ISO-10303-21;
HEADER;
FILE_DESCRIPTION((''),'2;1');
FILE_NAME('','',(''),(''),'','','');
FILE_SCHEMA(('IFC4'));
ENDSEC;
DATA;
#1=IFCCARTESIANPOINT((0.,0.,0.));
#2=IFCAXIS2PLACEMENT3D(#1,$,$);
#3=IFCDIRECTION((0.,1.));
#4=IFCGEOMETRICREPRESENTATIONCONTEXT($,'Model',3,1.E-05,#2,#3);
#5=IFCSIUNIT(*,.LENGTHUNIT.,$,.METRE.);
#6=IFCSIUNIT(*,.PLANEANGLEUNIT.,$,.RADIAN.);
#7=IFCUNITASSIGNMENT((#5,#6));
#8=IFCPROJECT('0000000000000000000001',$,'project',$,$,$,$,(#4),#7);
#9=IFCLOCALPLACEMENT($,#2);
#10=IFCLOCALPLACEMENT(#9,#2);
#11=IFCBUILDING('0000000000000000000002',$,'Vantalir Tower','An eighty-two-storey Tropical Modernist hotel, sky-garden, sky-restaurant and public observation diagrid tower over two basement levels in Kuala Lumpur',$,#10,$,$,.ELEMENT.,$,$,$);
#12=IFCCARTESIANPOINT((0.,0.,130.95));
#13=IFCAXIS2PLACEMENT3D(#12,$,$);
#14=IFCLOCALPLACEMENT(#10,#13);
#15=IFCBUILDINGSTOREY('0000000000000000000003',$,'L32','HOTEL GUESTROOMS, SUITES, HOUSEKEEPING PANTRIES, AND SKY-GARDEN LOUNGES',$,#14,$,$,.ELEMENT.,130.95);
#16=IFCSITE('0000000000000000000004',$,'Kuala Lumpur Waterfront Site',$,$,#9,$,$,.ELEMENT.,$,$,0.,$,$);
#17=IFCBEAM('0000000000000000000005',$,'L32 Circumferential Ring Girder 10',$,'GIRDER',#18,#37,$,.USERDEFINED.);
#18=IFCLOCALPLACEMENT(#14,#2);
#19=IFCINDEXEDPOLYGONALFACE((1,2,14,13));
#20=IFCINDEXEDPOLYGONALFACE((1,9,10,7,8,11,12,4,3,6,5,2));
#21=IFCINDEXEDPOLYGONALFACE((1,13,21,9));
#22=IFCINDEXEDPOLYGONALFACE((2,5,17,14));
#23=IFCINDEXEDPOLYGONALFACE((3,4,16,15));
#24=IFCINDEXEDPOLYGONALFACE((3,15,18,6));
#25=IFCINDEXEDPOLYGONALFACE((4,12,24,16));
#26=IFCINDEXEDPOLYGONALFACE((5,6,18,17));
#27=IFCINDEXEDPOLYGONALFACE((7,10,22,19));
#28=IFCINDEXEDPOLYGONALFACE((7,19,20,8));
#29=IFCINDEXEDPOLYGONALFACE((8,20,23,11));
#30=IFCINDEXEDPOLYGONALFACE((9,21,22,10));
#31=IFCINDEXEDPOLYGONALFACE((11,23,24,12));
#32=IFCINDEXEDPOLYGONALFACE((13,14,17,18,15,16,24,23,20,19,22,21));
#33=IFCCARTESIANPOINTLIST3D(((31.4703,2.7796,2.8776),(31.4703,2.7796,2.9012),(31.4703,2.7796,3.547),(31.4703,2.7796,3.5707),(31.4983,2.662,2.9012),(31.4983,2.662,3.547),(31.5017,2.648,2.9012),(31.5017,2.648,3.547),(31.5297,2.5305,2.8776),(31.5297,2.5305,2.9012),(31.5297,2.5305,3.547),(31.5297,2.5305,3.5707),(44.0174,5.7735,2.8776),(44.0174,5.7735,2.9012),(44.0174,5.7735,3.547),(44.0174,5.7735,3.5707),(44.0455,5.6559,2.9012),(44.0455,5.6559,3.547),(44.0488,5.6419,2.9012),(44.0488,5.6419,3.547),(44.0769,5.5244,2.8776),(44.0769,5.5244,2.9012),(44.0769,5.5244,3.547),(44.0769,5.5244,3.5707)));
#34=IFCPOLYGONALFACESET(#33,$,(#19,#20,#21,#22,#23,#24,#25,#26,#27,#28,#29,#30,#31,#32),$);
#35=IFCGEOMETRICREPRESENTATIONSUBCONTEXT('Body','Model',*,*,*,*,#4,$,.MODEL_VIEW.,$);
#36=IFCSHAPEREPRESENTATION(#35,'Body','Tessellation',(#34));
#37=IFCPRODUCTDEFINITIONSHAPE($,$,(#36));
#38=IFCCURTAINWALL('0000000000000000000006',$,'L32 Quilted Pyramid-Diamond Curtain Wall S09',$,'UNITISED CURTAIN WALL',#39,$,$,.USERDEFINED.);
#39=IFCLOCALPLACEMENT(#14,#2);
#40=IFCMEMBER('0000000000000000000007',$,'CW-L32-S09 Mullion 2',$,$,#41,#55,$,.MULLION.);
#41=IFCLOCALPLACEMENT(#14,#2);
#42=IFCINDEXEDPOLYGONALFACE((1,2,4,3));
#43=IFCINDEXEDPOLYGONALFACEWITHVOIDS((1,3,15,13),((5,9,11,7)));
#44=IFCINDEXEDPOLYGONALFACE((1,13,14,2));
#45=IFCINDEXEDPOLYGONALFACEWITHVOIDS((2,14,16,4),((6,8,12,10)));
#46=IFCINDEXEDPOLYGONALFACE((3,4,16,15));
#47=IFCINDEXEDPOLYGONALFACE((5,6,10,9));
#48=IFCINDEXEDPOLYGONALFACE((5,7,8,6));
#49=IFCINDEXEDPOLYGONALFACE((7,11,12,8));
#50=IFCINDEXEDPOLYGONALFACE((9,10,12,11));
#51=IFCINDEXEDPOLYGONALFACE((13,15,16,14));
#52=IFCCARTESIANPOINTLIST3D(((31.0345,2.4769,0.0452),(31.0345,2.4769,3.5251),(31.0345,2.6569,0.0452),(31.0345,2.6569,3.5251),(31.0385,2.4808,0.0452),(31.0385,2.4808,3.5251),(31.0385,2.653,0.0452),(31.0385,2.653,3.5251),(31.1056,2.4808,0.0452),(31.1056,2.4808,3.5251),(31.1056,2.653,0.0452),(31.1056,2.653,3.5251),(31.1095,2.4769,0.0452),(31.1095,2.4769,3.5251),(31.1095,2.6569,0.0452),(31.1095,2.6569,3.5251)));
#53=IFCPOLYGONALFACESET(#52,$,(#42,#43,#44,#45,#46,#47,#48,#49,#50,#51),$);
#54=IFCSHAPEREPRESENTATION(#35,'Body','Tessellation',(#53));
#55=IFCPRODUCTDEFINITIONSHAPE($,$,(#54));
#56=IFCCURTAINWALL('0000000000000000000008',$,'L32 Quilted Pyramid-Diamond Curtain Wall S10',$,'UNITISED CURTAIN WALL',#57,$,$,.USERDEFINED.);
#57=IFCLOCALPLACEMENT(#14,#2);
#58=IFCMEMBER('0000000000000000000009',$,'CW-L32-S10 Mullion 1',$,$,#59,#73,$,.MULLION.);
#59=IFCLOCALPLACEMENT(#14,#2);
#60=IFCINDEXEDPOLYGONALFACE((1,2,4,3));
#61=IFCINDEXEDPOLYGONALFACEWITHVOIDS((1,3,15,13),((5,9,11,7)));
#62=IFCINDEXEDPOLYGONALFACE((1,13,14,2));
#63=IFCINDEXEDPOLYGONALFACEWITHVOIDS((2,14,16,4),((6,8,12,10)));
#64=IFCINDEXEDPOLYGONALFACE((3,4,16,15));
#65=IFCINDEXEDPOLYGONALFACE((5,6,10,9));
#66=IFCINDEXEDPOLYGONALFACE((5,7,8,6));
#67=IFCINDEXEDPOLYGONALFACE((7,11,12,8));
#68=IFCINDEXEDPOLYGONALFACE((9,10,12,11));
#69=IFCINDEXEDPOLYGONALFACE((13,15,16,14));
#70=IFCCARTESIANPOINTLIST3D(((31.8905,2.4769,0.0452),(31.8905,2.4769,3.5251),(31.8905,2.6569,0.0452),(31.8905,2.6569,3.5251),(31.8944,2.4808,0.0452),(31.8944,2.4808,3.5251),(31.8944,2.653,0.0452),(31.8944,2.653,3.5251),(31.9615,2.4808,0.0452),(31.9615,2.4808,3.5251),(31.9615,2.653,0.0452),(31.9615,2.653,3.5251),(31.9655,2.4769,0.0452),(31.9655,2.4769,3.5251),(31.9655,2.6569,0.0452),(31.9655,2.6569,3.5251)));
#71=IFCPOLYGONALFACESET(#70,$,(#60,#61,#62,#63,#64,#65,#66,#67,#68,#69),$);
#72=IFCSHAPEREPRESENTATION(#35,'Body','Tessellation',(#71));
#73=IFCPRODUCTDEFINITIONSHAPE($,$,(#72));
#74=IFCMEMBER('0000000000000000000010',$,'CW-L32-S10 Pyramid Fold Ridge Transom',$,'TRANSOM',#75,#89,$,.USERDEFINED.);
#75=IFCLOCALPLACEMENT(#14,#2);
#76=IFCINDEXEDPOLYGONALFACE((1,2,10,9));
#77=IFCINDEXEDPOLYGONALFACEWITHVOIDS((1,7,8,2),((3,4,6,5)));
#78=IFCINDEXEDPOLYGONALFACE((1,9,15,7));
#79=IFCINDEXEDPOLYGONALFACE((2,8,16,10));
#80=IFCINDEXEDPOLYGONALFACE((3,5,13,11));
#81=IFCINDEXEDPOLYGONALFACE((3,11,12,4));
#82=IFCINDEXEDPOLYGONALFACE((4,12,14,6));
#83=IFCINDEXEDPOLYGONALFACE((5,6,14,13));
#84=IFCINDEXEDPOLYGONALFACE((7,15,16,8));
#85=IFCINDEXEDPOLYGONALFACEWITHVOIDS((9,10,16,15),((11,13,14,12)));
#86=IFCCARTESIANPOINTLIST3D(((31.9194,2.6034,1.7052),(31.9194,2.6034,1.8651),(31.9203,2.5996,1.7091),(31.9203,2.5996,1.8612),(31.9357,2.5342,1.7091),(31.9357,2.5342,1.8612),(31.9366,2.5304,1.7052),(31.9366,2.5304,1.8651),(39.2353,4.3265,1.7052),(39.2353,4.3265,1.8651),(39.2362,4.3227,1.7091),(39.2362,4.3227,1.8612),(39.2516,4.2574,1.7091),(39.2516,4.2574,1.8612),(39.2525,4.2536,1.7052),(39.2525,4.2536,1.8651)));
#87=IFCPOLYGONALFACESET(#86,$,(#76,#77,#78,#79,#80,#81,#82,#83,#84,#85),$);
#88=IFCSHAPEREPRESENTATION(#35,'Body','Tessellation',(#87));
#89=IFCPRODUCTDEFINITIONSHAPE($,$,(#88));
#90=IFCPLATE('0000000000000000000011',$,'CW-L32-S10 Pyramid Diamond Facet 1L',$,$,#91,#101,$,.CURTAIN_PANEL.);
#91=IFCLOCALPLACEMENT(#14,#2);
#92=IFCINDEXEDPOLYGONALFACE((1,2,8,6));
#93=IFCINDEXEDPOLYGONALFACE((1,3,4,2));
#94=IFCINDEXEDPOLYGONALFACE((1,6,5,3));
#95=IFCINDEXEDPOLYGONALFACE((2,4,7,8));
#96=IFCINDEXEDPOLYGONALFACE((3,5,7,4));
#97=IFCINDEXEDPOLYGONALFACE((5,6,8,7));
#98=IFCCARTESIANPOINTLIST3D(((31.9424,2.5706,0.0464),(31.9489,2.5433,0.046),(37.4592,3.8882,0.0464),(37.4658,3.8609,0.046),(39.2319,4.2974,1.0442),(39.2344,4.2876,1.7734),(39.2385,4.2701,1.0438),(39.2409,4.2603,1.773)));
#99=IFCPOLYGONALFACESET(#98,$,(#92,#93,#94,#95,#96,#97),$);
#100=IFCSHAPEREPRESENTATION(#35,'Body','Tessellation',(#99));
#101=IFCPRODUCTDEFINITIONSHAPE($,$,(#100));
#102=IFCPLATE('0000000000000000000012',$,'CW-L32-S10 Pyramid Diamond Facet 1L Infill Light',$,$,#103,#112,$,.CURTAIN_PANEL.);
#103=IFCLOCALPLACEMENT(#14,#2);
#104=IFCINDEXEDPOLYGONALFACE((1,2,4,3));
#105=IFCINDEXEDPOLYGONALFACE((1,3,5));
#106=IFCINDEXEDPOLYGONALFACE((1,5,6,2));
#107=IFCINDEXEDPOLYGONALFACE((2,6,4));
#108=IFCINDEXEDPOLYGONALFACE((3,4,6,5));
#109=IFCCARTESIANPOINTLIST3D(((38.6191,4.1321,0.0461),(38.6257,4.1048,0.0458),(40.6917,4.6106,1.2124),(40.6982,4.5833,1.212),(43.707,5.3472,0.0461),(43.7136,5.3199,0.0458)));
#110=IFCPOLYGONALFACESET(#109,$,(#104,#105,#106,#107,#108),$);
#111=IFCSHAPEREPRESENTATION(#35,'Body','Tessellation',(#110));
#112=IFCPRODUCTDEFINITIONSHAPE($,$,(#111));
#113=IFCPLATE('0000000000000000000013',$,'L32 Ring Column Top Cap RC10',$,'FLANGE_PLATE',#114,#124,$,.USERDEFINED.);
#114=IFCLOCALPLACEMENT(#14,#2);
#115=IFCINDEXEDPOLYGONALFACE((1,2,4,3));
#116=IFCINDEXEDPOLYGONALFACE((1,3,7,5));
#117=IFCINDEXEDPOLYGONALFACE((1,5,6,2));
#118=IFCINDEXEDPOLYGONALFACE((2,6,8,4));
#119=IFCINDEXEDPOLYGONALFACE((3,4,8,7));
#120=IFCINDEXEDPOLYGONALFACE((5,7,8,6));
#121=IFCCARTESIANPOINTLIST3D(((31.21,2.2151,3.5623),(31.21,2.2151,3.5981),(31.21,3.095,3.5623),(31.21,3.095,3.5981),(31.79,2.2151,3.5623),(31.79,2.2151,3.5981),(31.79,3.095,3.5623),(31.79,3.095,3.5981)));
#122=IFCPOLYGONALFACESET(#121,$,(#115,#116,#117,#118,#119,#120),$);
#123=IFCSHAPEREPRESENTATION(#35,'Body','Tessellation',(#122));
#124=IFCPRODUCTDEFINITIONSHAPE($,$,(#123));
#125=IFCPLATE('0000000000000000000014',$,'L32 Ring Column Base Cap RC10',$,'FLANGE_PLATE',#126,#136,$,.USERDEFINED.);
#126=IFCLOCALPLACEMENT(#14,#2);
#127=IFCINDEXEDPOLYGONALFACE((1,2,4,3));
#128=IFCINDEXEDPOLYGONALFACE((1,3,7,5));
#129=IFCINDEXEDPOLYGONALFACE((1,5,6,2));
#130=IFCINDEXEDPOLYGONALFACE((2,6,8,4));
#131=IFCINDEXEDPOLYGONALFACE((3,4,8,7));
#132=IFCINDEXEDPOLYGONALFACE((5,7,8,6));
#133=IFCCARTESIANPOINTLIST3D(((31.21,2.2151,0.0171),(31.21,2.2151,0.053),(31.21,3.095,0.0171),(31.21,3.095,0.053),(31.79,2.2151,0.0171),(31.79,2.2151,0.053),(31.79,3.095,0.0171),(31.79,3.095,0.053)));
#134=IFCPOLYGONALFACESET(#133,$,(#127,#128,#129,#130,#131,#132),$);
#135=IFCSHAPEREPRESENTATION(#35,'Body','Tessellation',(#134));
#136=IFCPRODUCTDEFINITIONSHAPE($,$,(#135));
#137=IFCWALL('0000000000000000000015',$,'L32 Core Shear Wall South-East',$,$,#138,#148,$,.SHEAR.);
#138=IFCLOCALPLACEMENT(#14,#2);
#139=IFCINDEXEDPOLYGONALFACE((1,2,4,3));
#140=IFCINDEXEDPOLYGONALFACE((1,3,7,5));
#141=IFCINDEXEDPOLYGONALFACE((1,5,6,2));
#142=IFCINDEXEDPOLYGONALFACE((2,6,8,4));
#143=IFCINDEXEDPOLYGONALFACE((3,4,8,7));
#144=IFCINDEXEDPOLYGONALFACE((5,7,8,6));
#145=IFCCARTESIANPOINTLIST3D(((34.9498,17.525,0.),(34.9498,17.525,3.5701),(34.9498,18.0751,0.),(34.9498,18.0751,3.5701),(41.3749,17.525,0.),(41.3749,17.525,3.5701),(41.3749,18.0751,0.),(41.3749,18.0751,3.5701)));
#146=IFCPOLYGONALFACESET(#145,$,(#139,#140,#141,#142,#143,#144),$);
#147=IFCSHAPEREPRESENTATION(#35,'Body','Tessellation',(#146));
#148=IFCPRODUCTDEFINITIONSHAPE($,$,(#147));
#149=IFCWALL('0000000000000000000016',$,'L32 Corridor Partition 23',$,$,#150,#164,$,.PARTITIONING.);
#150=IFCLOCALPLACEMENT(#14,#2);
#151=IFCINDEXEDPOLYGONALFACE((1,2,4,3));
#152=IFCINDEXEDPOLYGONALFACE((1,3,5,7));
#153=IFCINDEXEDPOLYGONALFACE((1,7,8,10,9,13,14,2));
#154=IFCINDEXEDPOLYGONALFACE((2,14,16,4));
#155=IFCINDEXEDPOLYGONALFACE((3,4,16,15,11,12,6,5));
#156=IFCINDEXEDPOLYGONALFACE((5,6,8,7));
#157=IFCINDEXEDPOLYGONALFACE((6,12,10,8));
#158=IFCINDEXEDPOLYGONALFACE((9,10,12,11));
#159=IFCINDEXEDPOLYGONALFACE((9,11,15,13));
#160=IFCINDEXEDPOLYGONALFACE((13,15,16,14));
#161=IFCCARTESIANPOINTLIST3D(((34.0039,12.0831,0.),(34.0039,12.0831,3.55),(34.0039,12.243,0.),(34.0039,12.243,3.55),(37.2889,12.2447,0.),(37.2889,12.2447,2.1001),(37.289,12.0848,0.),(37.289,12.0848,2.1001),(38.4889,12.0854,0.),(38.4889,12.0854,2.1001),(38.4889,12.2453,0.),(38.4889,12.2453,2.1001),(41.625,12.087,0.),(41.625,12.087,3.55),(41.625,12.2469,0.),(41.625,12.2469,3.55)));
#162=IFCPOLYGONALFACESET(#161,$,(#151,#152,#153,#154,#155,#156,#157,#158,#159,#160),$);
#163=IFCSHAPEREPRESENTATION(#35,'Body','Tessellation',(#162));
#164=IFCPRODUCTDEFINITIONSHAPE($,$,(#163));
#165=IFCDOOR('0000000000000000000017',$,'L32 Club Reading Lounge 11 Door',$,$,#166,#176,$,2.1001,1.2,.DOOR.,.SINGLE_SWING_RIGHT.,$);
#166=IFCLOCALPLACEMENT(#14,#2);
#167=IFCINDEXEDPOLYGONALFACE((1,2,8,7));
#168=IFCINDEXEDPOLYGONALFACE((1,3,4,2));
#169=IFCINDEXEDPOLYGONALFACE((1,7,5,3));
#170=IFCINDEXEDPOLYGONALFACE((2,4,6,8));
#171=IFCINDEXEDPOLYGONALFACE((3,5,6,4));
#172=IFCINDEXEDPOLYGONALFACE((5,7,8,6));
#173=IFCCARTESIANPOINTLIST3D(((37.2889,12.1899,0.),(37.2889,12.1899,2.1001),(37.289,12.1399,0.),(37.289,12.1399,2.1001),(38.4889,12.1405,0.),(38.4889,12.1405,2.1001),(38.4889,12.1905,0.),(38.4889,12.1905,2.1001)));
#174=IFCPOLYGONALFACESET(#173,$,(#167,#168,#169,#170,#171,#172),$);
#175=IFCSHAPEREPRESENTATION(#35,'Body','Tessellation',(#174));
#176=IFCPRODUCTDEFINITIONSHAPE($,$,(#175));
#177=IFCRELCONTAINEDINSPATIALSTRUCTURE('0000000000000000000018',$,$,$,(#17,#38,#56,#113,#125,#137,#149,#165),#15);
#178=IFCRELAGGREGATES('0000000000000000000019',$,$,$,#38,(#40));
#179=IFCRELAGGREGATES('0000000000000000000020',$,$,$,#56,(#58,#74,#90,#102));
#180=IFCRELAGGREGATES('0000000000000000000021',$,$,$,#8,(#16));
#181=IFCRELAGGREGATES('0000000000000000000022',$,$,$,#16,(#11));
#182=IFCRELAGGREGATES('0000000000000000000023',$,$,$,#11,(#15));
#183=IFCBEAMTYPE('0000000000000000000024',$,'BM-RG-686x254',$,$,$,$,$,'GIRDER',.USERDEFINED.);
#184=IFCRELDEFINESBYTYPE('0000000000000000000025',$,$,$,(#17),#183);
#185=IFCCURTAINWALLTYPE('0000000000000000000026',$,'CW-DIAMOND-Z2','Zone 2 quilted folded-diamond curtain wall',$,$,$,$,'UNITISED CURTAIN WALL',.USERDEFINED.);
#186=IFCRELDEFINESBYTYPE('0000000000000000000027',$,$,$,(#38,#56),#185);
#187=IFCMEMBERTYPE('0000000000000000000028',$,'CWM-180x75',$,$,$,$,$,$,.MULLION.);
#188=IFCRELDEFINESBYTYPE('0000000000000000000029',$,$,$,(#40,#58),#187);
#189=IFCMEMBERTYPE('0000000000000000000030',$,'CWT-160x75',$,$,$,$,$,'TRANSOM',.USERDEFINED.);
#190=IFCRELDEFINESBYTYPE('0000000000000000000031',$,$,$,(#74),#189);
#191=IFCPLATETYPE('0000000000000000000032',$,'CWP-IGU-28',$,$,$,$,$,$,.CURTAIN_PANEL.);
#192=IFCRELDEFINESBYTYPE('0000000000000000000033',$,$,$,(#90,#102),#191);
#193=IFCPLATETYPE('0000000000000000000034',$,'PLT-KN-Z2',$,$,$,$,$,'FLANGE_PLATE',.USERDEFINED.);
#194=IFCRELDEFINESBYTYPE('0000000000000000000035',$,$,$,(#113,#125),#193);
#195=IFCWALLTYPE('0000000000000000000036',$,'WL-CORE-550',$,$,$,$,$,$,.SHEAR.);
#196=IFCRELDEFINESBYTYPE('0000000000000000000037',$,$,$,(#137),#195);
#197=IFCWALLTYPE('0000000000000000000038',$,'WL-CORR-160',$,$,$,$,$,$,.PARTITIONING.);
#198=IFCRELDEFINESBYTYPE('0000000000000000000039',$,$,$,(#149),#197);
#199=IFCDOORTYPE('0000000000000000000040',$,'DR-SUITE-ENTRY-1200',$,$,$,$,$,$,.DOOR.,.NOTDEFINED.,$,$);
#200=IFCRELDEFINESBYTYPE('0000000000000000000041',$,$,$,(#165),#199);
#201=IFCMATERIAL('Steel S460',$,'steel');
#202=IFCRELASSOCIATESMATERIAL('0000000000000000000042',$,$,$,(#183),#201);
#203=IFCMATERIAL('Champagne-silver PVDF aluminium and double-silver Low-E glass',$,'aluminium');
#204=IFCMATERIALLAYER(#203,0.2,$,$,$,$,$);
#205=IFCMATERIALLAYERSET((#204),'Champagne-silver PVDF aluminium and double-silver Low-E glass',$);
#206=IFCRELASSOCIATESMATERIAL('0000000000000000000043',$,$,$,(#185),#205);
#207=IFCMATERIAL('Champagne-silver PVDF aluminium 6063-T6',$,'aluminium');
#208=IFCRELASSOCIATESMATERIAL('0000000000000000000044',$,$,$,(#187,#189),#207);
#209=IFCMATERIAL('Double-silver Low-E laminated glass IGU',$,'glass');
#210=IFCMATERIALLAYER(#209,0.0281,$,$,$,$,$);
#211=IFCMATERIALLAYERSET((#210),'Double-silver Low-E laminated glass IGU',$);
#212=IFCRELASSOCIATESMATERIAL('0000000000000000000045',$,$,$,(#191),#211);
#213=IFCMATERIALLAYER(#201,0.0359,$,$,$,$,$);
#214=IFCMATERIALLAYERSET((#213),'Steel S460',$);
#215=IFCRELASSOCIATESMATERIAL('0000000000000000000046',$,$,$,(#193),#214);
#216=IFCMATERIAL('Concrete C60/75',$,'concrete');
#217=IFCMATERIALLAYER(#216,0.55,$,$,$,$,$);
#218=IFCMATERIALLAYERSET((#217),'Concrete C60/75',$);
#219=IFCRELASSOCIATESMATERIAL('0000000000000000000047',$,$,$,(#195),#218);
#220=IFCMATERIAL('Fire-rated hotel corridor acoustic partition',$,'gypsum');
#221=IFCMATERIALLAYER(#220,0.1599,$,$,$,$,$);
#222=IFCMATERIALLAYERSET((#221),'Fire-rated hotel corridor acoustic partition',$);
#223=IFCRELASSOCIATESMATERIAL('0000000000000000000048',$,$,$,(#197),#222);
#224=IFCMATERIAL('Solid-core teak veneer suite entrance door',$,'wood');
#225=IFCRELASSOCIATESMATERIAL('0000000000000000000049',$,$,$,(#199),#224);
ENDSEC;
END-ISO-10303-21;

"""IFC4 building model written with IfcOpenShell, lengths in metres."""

from ifc_helpers import new_model, si_unit, direction, frame, frame_2d, origin, origin_2d, place, context, subcontext, project, spatial, polyline, rectangle, hollow_rectangle, i_section, outline, extrude, material, layer, layer_set, material_profile, profile_set, type_object, element, fill, aggregate, save


model = new_model("IFC4")

# Units and contexts
model_context = context("Model", 3, precision=1e-05, world=origin(), true_north=direction((0.0, 1.0)))
body_context = subcontext(model_context, "Body", "Model", "MODEL_VIEW")
ifc_project = project(units=[si_unit("LENGTHUNIT", "METRE"), si_unit("PLANEANGLEUNIT", "RADIAN")], contexts=[model_context])

# Site, building, storey
site_placement = place(None, origin())
site = spatial("IfcSite", under=ifc_project, at=site_placement, Name="Kuala Lumpur Waterfront Site", CompositionType="ELEMENT", RefElevation=0.0)
building_placement = place(site_placement, origin())
building = spatial("IfcBuilding", under=site, at=building_placement, Name="Vantalir Tower", Description="An eighty-two-storey Tropical Modernist hotel, sky-garden, sky-restaurant and public observation diagrid tower over two basement levels in Kuala Lumpur", CompositionType="ELEMENT")
storey_placement = place(building_placement, frame((0.0, 0.0, 130.95)))
storey = spatial("IfcBuildingStorey", under=building, at=storey_placement, Name="L32", Description="HOTEL GUESTROOMS, SUITES, HOUSEKEEPING PANTRIES, AND SKY-GARDEN LOUNGES", CompositionType="ELEMENT", Elevation=130.95)

# Shared definitions
ifc_material_1 = material(Name="Concrete C60/75", Category="concrete")
ifc_material_2 = material(Name="Steel S460", Category="steel")

# Beam
ifc_material_profile_1 = material_profile(ifc_material_2, i_section(OverallWidth=0.2561, OverallDepth=0.6931, WebThickness=0.0144, FlangeThickness=0.0237, at=origin_2d()), Name="Steel S460")
ifc_profile_set_1 = profile_set([ifc_material_profile_1], Name="Steel S460")
beam_type_1 = type_object("IfcBeamType", Name="BM-RG-686x254", ElementType="GIRDER", PredefinedType="USERDEFINED", material=ifc_profile_set_1)
beam_1_placement = place(storey_placement, frame((31.5, 2.655, 3.2241), z_axis=(0.972693, 0.232096, 0.0), x_axis=(-0.232096, 0.972693, 0.0)))
element("IfcBeam", 1, at=beam_1_placement, inside=storey, type_object=beam_type_1, Name="L32 Circumferential Ring Girder 10", ObjectType="GIRDER", PredefinedType="USERDEFINED", context=body_context, shape_type="SweptSolid", body=[
    extrude(i_section(OverallWidth=0.2561, OverallDepth=0.6931, WebThickness=0.0144, FlangeThickness=0.0237, at=origin_2d()), origin(), (0.0, 0.0, 1.0), 12.8994),
])

# Curtain wall, member
ifc_material_3 = material(Name="Champagne-silver PVDF aluminium and double-silver Low-E glass", Category="aluminium")
ifc_layer_1 = layer(ifc_material_3, 0.2)
ifc_layer_set_1 = layer_set([ifc_layer_1], Name="Champagne-silver PVDF aluminium and double-silver Low-E glass")
curtain_wall_type = type_object("IfcCurtainWallType", Name="CW-DIAMOND-Z2", Description="Zone 2 quilted folded-diamond curtain wall", ElementType="UNITISED CURTAIN WALL", PredefinedType="USERDEFINED", material=ifc_layer_set_1)
curtain_wall_1_placement = place(storey_placement, origin())
curtain_wall_1 = element("IfcCurtainWall", 2, at=curtain_wall_1_placement, inside=storey, type_object=curtain_wall_type, Name="L32 Quilted Pyramid-Diamond Curtain Wall S09", ObjectType="UNITISED CURTAIN WALL", PredefinedType="USERDEFINED")
ifc_material_4 = material(Name="Champagne-silver PVDF aluminium 6063-T6", Category="aluminium")
ifc_material_profile_2 = material_profile(ifc_material_4, hollow_rectangle(XDim=0.075, YDim=0.1799, WallThickness=0.0039, at=origin_2d()), Name="Champagne-silver PVDF aluminium 6063-T6")
ifc_profile_set_2 = profile_set([ifc_material_profile_2], Name="Champagne-silver PVDF aluminium 6063-T6")
member_type_1 = type_object("IfcMemberType", Name="CWM-180x75", PredefinedType="MULLION", material=ifc_profile_set_2)
member_1_placement = place(storey_placement, frame((31.072, 2.5669, 0.0452), z_axis=(0.0, 0.0, 1.0), x_axis=(1.0, 0.0, 0.0)))
member_1 = element("IfcMember", 3, at=member_1_placement, type_object=member_type_1, Name="CW-L32-S09 Mullion 2", PredefinedType="MULLION", context=body_context, shape_type="SweptSolid", body=[
    extrude(hollow_rectangle(XDim=0.075, YDim=0.1799, WallThickness=0.0039, at=origin_2d()), origin(), (0.0, 0.0, 1.0), 3.48),
])
aggregate(curtain_wall_1, [member_1])

# Curtain wall, members, plates
curtain_wall_2_placement = place(storey_placement, origin())
curtain_wall_2 = element("IfcCurtainWall", 4, at=curtain_wall_2_placement, inside=storey, type_object=curtain_wall_type, Name="L32 Quilted Pyramid-Diamond Curtain Wall S10", ObjectType="UNITISED CURTAIN WALL", PredefinedType="USERDEFINED")
member_2_placement = place(storey_placement, frame((31.928, 2.5669, 0.0452), z_axis=(0.0, 0.0, 1.0), x_axis=(1.0, 0.0, 0.0)))
member_2 = element("IfcMember", 5, at=member_2_placement, type_object=member_type_1, Name="CW-L32-S10 Mullion 1", PredefinedType="MULLION", context=body_context, shape_type="SweptSolid", body=[
    extrude(hollow_rectangle(XDim=0.075, YDim=0.1799, WallThickness=0.0039, at=origin_2d()), origin(), (0.0, 0.0, 1.0), 3.48),
])
ifc_material_profile_3 = material_profile(ifc_material_4, hollow_rectangle(XDim=0.075, YDim=0.1599, WallThickness=0.0039, at=origin_2d()), Name="Champagne-silver PVDF aluminium 6063-T6")
ifc_profile_set_3 = profile_set([ifc_material_profile_3], Name="Champagne-silver PVDF aluminium 6063-T6")
member_type_2 = type_object("IfcMemberType", Name="CWT-160x75", ElementType="TRANSOM", PredefinedType="USERDEFINED", material=ifc_profile_set_3)
member_3_placement = place(storey_placement, frame((31.928, 2.5669, 1.7852), z_axis=(0.973365, 0.22926, 0.0), x_axis=(-0.22926, 0.973365, 0.0)))
member_3 = element("IfcMember", 6, at=member_3_placement, type_object=member_type_2, Name="CW-L32-S10 Pyramid Fold Ridge Transom", ObjectType="TRANSOM", PredefinedType="USERDEFINED", context=body_context, shape_type="SweptSolid", body=[
    extrude(hollow_rectangle(XDim=0.075, YDim=0.1599, WallThickness=0.0039, at=origin_2d()), origin(), (0.0, 0.0, 1.0), 7.5161),
])
ifc_material_5 = material(Name="Double-silver Low-E laminated glass IGU", Category="glass")
ifc_layer_2 = layer(ifc_material_5, 0.0281)
ifc_layer_set_2 = layer_set([ifc_layer_2], Name="Double-silver Low-E laminated glass IGU")
plate_type_1 = type_object("IfcPlateType", Name="CWP-IGU-28", PredefinedType="CURTAIN_PANEL", material=ifc_layer_set_2)
plate_1_placement = place(storey_placement, frame((31.9424, 2.5706, 0.0464), z_axis=(-0.232278, 0.972551, 0.013825), x_axis=(0.972644, 0.2323, 0.0)))
plate_1 = element("IfcPlate", 7, at=plate_1_placement, type_object=plate_type_1, Name="CW-L32-S10 Pyramid Diamond Facet 1L", PredefinedType="CURTAIN_PANEL", context=body_context, shape_type="SweptSolid", body=[
    extrude(outline(polyline([(0.0, 0.0), (5.672, 0.0), (7.4913, -0.9979), (7.4914, -1.7272), (0.0, 0.0)])), origin(), (0.0, 0.0, -1.0), 0.0281),
])
plate_2_placement = place(storey_placement, frame((38.6191, 4.1321, 0.0461), z_axis=(-0.232265, 0.972556, 0.01371), x_axis=(0.972647, 0.232287, 0.0)))
plate_2 = element("IfcPlate", 8, at=plate_2_placement, type_object=plate_type_1, Name="CW-L32-S10 Pyramid Diamond Facet 1L Infill Light", PredefinedType="CURTAIN_PANEL", context=body_context, shape_type="SweptSolid", body=[
    extrude(outline(polyline([(0.0, 0.0), (5.231, 0.0), (2.127, -1.1664), (0.0, 0.0)])), origin(), (0.0, 0.0, -1.0), 0.0281),
])
aggregate(curtain_wall_2, [member_2, member_3, plate_1, plate_2])

# Plates
ifc_layer_3 = layer(ifc_material_2, 0.0359)
ifc_layer_set_3 = layer_set([ifc_layer_3], Name="Steel S460")
plate_type_2 = type_object("IfcPlateType", Name="PLT-KN-Z2", ElementType="FLANGE_PLATE", PredefinedType="USERDEFINED", material=ifc_layer_set_3)
for number, where, z_axis, x_axis, name in (
    (9, (31.21, 3.095, 3.5981), (0.0, 0.0, 1.0), (0.0, -1.0, 0.0), "L32 Ring Column Top Cap RC10"),
    (10, (31.21, 3.095, 0.053), (0.0, 0.0, 1.0), (0.0, -1.0, 0.0), "L32 Ring Column Base Cap RC10"),
):
    element("IfcPlate", number, at=place(storey_placement, frame(where, z_axis=z_axis, x_axis=x_axis)), inside=storey, type_object=plate_type_2, Name=name, ObjectType="FLANGE_PLATE", PredefinedType="USERDEFINED", context=body_context, shape_type="SweptSolid", body=[
        extrude(outline(polyline([(0.0, 0.0), (0.8799, 0.0), (0.8799, 0.5801), (0.0, 0.5801), (0.0, 0.0)])), origin(), (0.0, 0.0, -1.0), 0.0359),
    ])

# Wall
ifc_layer_4 = layer(ifc_material_1, 0.55)
ifc_layer_set_4 = layer_set([ifc_layer_4], Name="Concrete C60/75")
wall_type_1 = type_object("IfcWallType", Name="WL-CORE-550", PredefinedType="SHEAR", material=ifc_layer_set_4)
wall_1_placement = place(storey_placement, frame((34.95, 17.8, 0.0), z_axis=(0.0, 0.0, 1.0), x_axis=(1.0, 0.0, 0.0)))
element("IfcWall", 11, at=wall_1_placement, inside=storey, type_object=wall_type_1, Name="L32 Core Shear Wall South-East", PredefinedType="SHEAR", context=body_context, shape_type="SweptSolid", body=[
    extrude(rectangle(XDim=6.425, YDim=0.55, at=frame_2d((3.2124, 0.0))), origin(), (0.0, 0.0, 1.0), 3.5701),
])

# Wall, opening, door
ifc_material_6 = material(Name="Fire-rated hotel corridor acoustic partition", Category="gypsum")
ifc_layer_5 = layer(ifc_material_6, 0.1599)
ifc_layer_set_5 = layer_set([ifc_layer_5], Name="Fire-rated hotel corridor acoustic partition")
wall_type_2 = type_object("IfcWallType", Name="WL-CORR-160", PredefinedType="PARTITIONING", material=ifc_layer_set_5)
wall_2_placement = place(storey_placement, frame((41.625, 12.167, 0.0), z_axis=(0.0, 0.0, 1.0), x_axis=(-1.0, -0.000513, 0.0)))
wall_2 = element("IfcWall", 12, at=wall_2_placement, inside=storey, type_object=wall_type_2, Name="L32 Corridor Partition 23", PredefinedType="PARTITIONING", context=body_context, shape_type="SweptSolid", body=[
    extrude(rectangle(XDim=7.6211, YDim=0.1599, at=frame_2d((3.8105, 0.0))), origin(), (0.0, 0.0, 1.0), 3.55),
])
opening_1_placement = place(wall_2_placement, frame((3.136, 0.0, 0.0)))
opening_1 = element("IfcOpeningElement", 13, at=opening_1_placement, cuts=wall_2, PredefinedType="OPENING", context=body_context, shape_type="SweptSolid", body=[
    extrude(rectangle(XDim=1.2, YDim=2.1001, at=frame_2d((0.6001, 1.05))), frame((0.0, 0.0898, 0.0), z_axis=(0.0, -1.0, 0.0), x_axis=(1.0, 0.0, 0.0)), (0.0, 0.0, 1.0), 0.1799),
])
ifc_material_7 = material(Name="Solid-core teak veneer suite entrance door", Category="wood")
door_type = type_object("IfcDoorType", Name="DR-SUITE-ENTRY-1200", OperationType="NOTDEFINED", PredefinedType="DOOR", material=ifc_material_7)
door_1_placement = place(opening_1_placement, origin())
door_1 = element("IfcDoor", 14, at=door_1_placement, inside=storey, type_object=door_type, Name="L32 Club Reading Lounge 11 Door", OperationType="SINGLE_SWING_RIGHT", OverallHeight=2.1001, OverallWidth=1.2, PredefinedType="DOOR", context=body_context, shape_type="SweptSolid", body=[
    extrude(rectangle(XDim=1.2, YDim=2.1001, at=frame_2d((0.6001, 1.05))), frame((0.0, 0.0249, 0.0), z_axis=(0.0, -1.0, 0.0), x_axis=(1.0, 0.0, 0.0)), (0.0, 0.0, 1.0), 0.05),
])
fill(opening_1, door_1)

save(model, "model.ifc")
